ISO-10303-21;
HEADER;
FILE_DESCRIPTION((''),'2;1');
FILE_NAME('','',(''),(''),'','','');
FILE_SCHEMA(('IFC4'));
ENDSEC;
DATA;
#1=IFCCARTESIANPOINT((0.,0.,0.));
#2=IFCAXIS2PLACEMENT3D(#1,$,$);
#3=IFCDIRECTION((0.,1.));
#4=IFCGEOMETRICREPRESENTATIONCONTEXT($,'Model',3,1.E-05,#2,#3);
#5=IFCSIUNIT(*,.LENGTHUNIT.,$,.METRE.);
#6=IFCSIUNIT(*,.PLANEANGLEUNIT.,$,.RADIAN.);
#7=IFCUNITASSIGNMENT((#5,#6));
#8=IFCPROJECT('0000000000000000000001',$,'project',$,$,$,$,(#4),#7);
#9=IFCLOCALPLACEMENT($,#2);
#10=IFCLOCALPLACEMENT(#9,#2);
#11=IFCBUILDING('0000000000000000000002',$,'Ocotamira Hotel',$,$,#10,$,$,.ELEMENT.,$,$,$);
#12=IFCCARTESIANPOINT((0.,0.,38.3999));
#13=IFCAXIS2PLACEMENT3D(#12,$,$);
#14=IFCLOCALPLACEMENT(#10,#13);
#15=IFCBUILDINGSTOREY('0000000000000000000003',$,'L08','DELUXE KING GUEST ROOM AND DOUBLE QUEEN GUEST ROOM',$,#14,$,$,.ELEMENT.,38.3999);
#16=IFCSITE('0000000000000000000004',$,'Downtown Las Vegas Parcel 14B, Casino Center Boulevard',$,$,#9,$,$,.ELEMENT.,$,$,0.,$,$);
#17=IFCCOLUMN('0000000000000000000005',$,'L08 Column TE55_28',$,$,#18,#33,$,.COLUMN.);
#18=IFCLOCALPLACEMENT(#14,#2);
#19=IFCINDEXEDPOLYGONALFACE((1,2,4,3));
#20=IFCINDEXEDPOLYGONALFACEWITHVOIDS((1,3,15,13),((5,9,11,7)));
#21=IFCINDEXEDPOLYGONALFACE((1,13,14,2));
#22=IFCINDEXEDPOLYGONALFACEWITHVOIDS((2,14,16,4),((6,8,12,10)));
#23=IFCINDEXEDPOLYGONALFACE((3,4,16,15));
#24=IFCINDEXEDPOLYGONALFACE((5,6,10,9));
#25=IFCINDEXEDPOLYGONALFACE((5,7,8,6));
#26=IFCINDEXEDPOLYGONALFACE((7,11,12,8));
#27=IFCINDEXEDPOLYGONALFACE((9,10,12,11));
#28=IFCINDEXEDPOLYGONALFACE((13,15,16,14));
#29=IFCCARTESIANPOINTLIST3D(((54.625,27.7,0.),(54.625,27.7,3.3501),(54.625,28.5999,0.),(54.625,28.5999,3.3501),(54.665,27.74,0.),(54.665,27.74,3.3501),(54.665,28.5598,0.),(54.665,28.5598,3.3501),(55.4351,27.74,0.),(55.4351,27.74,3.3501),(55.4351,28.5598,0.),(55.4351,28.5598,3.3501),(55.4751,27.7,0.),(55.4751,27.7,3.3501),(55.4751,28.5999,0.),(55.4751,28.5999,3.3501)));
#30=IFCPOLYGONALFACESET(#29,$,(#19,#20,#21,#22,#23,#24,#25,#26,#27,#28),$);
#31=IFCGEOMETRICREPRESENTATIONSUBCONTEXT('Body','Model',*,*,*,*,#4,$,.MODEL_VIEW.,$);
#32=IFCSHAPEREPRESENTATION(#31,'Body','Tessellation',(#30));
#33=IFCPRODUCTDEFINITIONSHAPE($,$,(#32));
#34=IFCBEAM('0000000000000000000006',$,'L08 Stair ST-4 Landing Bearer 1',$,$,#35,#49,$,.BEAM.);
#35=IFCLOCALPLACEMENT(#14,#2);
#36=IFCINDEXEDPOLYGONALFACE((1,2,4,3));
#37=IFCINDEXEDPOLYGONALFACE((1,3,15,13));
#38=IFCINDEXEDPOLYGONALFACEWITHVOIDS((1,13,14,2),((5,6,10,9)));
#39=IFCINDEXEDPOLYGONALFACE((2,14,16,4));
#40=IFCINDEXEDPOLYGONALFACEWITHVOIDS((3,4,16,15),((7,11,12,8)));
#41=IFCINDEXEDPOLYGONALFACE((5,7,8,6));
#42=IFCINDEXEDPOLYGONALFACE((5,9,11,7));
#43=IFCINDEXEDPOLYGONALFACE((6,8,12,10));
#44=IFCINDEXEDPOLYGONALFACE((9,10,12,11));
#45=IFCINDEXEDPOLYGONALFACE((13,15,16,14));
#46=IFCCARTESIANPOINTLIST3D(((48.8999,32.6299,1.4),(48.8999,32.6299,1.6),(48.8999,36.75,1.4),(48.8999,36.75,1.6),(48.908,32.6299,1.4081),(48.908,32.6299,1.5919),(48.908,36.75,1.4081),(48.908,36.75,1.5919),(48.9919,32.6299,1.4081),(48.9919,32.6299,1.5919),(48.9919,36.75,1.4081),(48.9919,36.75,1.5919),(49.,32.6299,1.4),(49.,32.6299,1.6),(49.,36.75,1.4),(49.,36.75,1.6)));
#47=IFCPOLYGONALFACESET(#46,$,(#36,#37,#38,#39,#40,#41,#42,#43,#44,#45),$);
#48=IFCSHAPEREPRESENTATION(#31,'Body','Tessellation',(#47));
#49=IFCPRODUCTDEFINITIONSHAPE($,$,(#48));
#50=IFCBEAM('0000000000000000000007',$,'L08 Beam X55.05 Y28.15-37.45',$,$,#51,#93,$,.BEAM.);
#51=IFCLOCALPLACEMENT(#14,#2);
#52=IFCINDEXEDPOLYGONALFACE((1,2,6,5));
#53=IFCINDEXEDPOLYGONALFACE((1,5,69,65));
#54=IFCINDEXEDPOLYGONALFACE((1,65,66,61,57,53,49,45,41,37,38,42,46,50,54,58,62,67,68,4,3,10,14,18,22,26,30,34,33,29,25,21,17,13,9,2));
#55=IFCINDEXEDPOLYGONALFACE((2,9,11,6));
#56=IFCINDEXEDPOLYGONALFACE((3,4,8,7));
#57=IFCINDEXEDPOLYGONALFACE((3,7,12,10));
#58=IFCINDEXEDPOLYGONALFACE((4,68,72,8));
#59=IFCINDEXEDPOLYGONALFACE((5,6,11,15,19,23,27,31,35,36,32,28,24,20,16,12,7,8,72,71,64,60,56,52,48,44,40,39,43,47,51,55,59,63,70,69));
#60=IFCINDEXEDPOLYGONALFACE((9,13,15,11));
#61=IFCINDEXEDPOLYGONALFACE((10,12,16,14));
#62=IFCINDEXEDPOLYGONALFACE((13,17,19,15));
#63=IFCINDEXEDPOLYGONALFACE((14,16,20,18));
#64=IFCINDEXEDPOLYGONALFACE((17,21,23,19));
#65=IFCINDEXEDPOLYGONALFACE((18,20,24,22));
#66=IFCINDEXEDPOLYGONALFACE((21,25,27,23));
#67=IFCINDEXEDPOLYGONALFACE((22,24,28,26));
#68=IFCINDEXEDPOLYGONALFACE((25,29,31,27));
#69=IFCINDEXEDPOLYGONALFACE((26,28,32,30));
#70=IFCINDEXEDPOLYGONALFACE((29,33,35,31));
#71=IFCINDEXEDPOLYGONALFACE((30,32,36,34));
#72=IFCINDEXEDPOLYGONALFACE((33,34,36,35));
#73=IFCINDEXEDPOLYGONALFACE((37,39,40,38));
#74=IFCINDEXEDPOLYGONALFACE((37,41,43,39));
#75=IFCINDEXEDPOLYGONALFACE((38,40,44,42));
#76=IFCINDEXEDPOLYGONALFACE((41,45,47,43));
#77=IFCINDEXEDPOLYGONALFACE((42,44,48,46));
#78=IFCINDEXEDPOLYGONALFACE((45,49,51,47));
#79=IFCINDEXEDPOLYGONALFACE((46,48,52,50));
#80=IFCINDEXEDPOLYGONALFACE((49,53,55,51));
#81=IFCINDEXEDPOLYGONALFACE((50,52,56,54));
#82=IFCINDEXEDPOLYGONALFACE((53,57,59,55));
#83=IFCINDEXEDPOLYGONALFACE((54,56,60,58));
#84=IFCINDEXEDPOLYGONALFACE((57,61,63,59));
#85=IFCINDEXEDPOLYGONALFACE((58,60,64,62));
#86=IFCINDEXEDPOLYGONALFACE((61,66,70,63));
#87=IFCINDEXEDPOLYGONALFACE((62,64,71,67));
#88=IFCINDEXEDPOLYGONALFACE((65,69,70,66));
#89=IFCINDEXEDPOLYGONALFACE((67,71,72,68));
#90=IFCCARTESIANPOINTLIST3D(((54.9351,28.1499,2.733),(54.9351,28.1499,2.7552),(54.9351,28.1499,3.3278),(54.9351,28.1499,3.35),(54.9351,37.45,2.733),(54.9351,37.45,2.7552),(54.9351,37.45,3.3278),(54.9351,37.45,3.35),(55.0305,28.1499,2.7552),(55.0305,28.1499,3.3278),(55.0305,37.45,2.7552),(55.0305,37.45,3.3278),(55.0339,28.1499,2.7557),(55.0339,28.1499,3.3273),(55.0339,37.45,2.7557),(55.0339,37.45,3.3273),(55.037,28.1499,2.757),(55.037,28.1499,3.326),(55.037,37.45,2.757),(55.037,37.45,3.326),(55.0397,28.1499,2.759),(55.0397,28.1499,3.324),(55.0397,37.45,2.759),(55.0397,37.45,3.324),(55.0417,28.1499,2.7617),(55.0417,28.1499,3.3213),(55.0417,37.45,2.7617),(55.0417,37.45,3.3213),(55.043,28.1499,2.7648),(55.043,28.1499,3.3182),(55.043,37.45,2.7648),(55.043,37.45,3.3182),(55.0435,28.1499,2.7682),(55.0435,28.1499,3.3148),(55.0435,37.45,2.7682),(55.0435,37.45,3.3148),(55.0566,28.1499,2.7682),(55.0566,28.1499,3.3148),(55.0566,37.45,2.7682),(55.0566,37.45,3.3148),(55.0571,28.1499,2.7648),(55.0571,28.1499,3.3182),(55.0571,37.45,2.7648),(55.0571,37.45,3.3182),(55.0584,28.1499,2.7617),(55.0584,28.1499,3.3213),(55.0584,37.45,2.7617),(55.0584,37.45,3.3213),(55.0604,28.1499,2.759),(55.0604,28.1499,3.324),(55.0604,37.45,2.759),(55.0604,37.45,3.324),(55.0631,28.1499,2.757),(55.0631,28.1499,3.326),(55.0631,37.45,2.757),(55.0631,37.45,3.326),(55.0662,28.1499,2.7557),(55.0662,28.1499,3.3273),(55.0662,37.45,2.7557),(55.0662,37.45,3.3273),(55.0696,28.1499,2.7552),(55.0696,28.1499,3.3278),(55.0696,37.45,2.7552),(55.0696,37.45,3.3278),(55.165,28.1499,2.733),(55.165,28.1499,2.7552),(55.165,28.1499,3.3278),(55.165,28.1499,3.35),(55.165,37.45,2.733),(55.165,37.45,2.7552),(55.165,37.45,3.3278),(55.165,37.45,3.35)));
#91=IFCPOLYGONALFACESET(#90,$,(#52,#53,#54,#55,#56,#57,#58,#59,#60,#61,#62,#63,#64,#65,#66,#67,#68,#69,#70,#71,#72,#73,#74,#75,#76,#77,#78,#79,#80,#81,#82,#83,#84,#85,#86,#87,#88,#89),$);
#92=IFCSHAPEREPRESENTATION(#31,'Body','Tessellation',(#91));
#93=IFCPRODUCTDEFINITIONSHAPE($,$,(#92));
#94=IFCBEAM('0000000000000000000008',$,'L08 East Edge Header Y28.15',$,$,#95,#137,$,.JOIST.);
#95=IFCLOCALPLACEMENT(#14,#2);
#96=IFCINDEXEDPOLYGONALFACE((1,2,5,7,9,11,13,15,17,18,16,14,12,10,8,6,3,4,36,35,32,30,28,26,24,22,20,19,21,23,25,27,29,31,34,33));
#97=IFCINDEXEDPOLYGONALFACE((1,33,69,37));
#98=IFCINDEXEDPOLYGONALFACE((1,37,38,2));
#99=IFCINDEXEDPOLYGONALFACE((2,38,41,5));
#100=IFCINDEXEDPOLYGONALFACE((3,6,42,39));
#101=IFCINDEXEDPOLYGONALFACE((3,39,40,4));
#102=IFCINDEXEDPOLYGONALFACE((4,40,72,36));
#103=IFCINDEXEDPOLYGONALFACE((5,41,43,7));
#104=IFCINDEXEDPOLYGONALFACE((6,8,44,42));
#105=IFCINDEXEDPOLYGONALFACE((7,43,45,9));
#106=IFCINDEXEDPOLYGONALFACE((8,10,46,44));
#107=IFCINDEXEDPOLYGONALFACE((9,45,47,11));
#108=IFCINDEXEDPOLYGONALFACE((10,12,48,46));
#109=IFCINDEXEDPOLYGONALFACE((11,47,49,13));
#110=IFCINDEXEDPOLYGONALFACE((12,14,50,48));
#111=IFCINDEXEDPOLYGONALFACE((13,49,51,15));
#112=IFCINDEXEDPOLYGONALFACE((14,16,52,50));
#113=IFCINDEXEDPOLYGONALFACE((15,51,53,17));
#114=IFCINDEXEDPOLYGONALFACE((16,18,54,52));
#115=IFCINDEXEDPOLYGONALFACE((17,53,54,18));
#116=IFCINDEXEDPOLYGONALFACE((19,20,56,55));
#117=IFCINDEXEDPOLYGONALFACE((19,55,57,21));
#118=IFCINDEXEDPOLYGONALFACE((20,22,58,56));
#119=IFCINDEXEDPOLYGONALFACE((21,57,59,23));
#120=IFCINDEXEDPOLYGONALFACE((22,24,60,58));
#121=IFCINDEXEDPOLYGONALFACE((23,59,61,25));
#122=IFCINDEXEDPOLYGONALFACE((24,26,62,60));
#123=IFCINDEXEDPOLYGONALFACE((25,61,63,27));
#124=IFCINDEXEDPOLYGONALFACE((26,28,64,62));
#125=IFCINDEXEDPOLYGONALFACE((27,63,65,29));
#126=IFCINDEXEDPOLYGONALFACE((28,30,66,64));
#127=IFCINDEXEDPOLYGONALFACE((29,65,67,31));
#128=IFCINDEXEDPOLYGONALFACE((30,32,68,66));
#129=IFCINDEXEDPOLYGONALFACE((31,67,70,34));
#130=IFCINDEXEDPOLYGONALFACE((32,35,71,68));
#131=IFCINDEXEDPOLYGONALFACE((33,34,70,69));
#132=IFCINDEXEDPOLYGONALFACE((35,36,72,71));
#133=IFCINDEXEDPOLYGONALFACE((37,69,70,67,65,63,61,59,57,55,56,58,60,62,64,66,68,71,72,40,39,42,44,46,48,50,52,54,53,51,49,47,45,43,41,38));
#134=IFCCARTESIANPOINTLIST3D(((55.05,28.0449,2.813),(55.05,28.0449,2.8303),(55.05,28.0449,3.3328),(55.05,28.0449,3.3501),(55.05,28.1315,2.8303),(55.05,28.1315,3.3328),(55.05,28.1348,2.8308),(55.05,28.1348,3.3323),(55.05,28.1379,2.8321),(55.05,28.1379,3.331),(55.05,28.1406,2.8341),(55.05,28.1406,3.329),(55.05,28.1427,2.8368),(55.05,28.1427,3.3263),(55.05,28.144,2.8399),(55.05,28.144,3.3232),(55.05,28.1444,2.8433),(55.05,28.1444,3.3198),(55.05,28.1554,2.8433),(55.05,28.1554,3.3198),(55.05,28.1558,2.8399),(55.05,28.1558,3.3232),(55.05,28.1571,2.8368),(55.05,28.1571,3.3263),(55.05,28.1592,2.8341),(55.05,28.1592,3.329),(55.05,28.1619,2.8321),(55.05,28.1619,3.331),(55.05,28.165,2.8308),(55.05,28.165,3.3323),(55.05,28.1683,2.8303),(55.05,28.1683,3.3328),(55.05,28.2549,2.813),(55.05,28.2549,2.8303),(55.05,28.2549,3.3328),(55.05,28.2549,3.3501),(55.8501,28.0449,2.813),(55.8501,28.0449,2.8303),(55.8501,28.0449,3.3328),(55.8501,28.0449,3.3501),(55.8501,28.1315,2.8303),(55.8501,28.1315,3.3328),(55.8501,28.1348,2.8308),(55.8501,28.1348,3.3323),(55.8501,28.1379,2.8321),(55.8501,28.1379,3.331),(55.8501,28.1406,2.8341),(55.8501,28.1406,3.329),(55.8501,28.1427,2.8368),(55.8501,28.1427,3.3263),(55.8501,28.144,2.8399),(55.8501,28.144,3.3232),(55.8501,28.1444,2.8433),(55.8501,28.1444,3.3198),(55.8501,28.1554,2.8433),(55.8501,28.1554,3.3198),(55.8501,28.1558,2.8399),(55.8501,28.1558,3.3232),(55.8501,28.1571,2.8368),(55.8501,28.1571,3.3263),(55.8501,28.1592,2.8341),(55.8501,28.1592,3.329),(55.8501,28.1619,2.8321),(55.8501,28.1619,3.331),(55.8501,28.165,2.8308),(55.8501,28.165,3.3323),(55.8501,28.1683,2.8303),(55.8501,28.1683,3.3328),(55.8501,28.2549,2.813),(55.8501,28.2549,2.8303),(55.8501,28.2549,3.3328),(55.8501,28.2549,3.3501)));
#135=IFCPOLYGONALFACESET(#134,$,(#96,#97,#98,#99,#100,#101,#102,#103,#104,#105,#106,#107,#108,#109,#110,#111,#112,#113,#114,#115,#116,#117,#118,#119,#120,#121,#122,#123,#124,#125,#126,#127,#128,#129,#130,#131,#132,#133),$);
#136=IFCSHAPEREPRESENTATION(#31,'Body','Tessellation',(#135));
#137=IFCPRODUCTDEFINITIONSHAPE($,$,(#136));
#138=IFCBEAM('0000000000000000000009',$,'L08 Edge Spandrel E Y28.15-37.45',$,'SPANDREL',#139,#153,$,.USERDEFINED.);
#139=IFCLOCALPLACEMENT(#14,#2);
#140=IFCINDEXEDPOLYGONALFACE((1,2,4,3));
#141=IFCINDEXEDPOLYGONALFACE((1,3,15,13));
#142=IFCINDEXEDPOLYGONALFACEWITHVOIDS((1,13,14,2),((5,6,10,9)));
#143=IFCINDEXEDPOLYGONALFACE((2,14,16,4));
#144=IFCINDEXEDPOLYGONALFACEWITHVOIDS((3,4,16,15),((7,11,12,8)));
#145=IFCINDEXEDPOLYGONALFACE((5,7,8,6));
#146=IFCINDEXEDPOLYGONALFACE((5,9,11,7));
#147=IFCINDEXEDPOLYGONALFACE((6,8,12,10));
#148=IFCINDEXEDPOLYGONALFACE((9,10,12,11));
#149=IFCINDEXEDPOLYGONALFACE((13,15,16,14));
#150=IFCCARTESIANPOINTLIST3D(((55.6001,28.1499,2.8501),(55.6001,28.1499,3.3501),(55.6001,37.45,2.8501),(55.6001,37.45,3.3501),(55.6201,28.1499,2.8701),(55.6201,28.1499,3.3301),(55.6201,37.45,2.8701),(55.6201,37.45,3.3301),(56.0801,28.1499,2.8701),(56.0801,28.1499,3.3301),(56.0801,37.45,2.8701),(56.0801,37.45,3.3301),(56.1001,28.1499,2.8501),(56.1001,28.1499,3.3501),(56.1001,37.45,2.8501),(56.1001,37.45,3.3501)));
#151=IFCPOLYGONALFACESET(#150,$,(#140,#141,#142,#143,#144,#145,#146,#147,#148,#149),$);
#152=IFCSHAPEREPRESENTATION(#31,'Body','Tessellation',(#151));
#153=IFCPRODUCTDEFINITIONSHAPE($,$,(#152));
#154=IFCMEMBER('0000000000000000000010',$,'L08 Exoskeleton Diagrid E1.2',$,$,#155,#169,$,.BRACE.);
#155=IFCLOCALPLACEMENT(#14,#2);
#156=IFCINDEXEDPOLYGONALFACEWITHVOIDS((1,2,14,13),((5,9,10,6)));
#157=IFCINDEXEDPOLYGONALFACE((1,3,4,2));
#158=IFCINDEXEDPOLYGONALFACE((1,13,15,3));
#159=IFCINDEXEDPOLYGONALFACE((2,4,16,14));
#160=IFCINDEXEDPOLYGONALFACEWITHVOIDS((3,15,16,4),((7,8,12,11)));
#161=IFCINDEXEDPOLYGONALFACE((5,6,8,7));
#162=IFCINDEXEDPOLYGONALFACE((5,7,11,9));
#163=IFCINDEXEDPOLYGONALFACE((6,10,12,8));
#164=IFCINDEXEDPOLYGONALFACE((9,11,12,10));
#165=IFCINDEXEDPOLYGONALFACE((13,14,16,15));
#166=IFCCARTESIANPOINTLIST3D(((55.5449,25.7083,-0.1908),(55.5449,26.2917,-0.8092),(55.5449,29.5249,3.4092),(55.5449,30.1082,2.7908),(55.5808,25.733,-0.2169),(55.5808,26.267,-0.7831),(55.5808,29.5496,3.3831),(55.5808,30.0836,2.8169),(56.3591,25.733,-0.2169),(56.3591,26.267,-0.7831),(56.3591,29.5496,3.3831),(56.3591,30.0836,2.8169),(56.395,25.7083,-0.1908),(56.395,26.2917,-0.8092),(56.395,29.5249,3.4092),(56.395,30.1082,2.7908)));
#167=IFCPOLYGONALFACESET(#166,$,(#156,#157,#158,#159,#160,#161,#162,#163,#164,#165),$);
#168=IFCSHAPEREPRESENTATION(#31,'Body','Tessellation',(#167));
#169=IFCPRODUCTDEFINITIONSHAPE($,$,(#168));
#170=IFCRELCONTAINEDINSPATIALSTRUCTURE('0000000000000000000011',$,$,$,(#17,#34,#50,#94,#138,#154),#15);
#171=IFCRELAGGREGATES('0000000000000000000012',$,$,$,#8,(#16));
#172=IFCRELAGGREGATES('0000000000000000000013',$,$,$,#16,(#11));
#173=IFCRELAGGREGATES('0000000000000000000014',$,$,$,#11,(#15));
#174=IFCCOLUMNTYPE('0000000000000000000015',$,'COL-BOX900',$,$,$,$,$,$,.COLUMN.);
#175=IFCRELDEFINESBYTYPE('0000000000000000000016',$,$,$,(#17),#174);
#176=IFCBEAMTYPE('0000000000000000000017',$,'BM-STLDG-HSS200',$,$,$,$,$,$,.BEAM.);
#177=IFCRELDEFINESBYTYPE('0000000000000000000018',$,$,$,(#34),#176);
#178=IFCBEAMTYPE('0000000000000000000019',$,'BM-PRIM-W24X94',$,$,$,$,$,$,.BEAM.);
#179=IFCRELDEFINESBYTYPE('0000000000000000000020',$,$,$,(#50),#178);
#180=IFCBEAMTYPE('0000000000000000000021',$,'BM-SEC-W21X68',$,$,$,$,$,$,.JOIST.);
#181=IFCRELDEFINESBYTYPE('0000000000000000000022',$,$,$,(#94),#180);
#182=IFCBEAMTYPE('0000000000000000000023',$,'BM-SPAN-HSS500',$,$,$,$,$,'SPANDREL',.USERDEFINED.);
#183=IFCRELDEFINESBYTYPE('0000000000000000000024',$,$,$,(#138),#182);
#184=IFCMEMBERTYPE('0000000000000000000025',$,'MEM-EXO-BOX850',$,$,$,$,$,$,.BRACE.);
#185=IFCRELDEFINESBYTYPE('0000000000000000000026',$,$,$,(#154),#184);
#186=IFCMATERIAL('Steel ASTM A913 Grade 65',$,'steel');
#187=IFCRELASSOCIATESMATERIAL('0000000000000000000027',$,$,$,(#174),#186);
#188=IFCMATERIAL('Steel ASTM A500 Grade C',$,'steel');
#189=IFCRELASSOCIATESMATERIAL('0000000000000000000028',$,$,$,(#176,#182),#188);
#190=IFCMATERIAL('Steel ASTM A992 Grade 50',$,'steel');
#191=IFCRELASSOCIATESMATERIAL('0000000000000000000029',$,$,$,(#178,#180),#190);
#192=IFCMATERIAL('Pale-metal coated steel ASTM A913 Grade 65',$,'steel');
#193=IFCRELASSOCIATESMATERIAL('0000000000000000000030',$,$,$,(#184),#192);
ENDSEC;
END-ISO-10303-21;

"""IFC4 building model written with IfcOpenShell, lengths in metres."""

from ifc_helpers import new_model, si_unit, direction, frame, origin, origin_2d, place, context, subcontext, project, spatial, hollow_rectangle, i_section, extrude, source, transform, mapped, material, material_profile, profile_set, type_object, element, save


model = new_model("IFC4")

# Units and contexts
model_context = context("Model", 3, precision=1e-05, world=origin(), true_north=direction((0.0, 1.0)))
body_context = subcontext(model_context, "Body", "Model", "MODEL_VIEW")
ifc_project = project(units=[si_unit("LENGTHUNIT", "METRE"), si_unit("PLANEANGLEUNIT", "RADIAN")], contexts=[model_context])

# Site, building, storey
site_placement = place(None, origin())
site = spatial("IfcSite", under=ifc_project, at=site_placement, Name="Downtown Las Vegas Parcel 14B, Casino Center Boulevard", CompositionType="ELEMENT", RefElevation=0.0)
building_placement = place(site_placement, origin())
building = spatial("IfcBuilding", under=site, at=building_placement, Name="Ocotamira Hotel", CompositionType="ELEMENT")
storey_placement = place(building_placement, frame((0.0, 0.0, 38.3999)))
storey = spatial("IfcBuildingStorey", under=building, at=storey_placement, Name="L08", Description="DELUXE KING GUEST ROOM AND DOUBLE QUEEN GUEST ROOM", CompositionType="ELEMENT", Elevation=38.3999)

# Column
ifc_material_1 = material(Name="Steel ASTM A913 Grade 65", Category="steel")
ifc_material_profile_1 = material_profile(ifc_material_1, hollow_rectangle(XDim=0.8501, YDim=0.8999, WallThickness=0.04, at=origin_2d()), Name="BOX900X850X40")
ifc_profile_set_1 = profile_set([ifc_material_profile_1], Name="Steel ASTM A913 Grade 65")
column_type = type_object("IfcColumnType", Name="COL-BOX900", PredefinedType="COLUMN", material=ifc_profile_set_1)
shared_shape_1 = source(origin(), body_context, "Body", "SweptSolid", [
    extrude(hollow_rectangle(XDim=0.8501, YDim=0.8999, WallThickness=0.04, at=origin_2d()), origin(), (0.0, 0.0, 1.0), 3.3501),
])
column_placement = place(storey_placement, frame((55.05, 28.1499, 0.0), z_axis=(0.0, 0.0, 1.0), x_axis=(1.0, 0.0, 0.0)))
element("IfcColumn", 1, at=column_placement, inside=storey, type_object=column_type, Name="L08 Column TE55_28", PredefinedType="COLUMN", context=body_context, shape_type="MappedRepresentation", body=[
    mapped(shared_shape_1, transform((0.0, 0.0, 0.0), scale=1.0)),
])

# Beams
ifc_material_2 = material(Name="Steel ASTM A500 Grade C", Category="steel")
ifc_material_profile_2 = material_profile(ifc_material_2, hollow_rectangle(XDim=0.1001, YDim=0.2, WallThickness=0.0081, at=origin_2d()), Name="HSS200X100X8")
ifc_profile_set_2 = profile_set([ifc_material_profile_2], Name="Steel ASTM A500 Grade C")
beam_type_1 = type_object("IfcBeamType", Name="BM-STLDG-HSS200", PredefinedType="BEAM", material=ifc_profile_set_2)
shared_shape_2 = source(origin(), body_context, "Body", "SweptSolid", [
    extrude(hollow_rectangle(XDim=0.1001, YDim=0.2, WallThickness=0.0081, at=origin_2d()), origin(), (0.0, 0.0, 1.0), 4.1201),
])
beam_1_placement = place(storey_placement, frame((48.95, 32.6299, 1.5), z_axis=(0.0, 1.0, 0.0), x_axis=(-1.0, 0.0, 0.0)))
element("IfcBeam", 2, at=beam_1_placement, inside=storey, type_object=beam_type_1, Name="L08 Stair ST-4 Landing Bearer 1", PredefinedType="BEAM", context=body_context, shape_type="MappedRepresentation", body=[
    mapped(shared_shape_2, transform((0.0, 0.0, 0.0), scale=1.0)),
])
ifc_material_3 = material(Name="Steel ASTM A992 Grade 50", Category="steel")
ifc_material_profile_3 = material_profile(ifc_material_3, i_section(OverallWidth=0.23, OverallDepth=0.6169, WebThickness=0.0132, FlangeThickness=0.0222, FilletRadius=0.0129, at=origin_2d()), Name="W24X94")
ifc_profile_set_3 = profile_set([ifc_material_profile_3], Name="Steel ASTM A992 Grade 50")
beam_type_2 = type_object("IfcBeamType", Name="BM-PRIM-W24X94", PredefinedType="BEAM", material=ifc_profile_set_3)
shared_shape_3 = source(origin(), body_context, "Body", "SweptSolid", [
    extrude(i_section(OverallWidth=0.23, OverallDepth=0.6169, WebThickness=0.0132, FlangeThickness=0.0222, FilletRadius=0.0129, at=origin_2d()), origin(), (0.0, 0.0, 1.0), 9.3),
])
beam_2_placement = place(storey_placement, frame((55.05, 28.1499, 3.0415), z_axis=(0.0, 1.0, 0.0), x_axis=(-1.0, 0.0, 0.0)))
element("IfcBeam", 3, at=beam_2_placement, inside=storey, type_object=beam_type_2, Name="L08 Beam X55.05 Y28.15-37.45", PredefinedType="BEAM", context=body_context, shape_type="MappedRepresentation", body=[
    mapped(shared_shape_3, transform((0.0, 0.0, 0.0), scale=1.0)),
])
ifc_material_profile_4 = material_profile(ifc_material_3, i_section(OverallWidth=0.21, OverallDepth=0.5371, WebThickness=0.011, FlangeThickness=0.0173, FilletRadius=0.0129, at=origin_2d()), Name="W21X68")
ifc_profile_set_4 = profile_set([ifc_material_profile_4], Name="Steel ASTM A992 Grade 50")
beam_type_3 = type_object("IfcBeamType", Name="BM-SEC-W21X68", PredefinedType="JOIST", material=ifc_profile_set_4)
shared_shape_4 = source(origin(), body_context, "Body", "SweptSolid", [
    extrude(i_section(OverallWidth=0.21, OverallDepth=0.5371, WebThickness=0.011, FlangeThickness=0.0173, FilletRadius=0.0129, at=origin_2d()), origin(), (0.0, 0.0, 1.0), 0.8),
])
beam_3_placement = place(storey_placement, frame((55.05, 28.1499, 3.0815), z_axis=(1.0, 0.0, 0.0), x_axis=(0.0, 1.0, 0.0)))
element("IfcBeam", 4, at=beam_3_placement, inside=storey, type_object=beam_type_3, Name="L08 East Edge Header Y28.15", PredefinedType="JOIST", context=body_context, shape_type="MappedRepresentation", body=[
    mapped(shared_shape_4, transform((0.0, 0.0, 0.0), scale=1.0)),
])
ifc_material_profile_5 = material_profile(ifc_material_2, hollow_rectangle(XDim=0.5, YDim=0.5, WallThickness=0.02, at=origin_2d()), Name="HSS500X500X20")
ifc_profile_set_5 = profile_set([ifc_material_profile_5], Name="Steel ASTM A500 Grade C")
beam_type_4 = type_object("IfcBeamType", Name="BM-SPAN-HSS500", ElementType="SPANDREL", PredefinedType="USERDEFINED", material=ifc_profile_set_5)
shared_shape_5 = source(origin(), body_context, "Body", "SweptSolid", [
    extrude(hollow_rectangle(XDim=0.5, YDim=0.5, WallThickness=0.02, at=origin_2d()), origin(), (0.0, 0.0, 1.0), 9.3),
])
beam_4_placement = place(storey_placement, frame((55.8501, 28.1499, 3.1001), z_axis=(0.0, 1.0, 0.0), x_axis=(-1.0, 0.0, 0.0)))
element("IfcBeam", 5, at=beam_4_placement, inside=storey, type_object=beam_type_4, Name="L08 Edge Spandrel E Y28.15-37.45", ObjectType="SPANDREL", PredefinedType="USERDEFINED", context=body_context, shape_type="MappedRepresentation", body=[
    mapped(shared_shape_5, transform((0.0, 0.0, 0.0), scale=1.0)),
])

# Member
ifc_material_4 = material(Name="Pale-metal coated steel ASTM A913 Grade 65", Category="steel")
ifc_material_profile_6 = material_profile(ifc_material_4, hollow_rectangle(XDim=0.8501, YDim=0.8501, WallThickness=0.0359, at=origin_2d()), Name="BOX850X850X36")
ifc_profile_set_6 = profile_set([ifc_material_profile_6], Name="Pale-metal coated steel ASTM A913 Grade 65")
member_type_1 = type_object("IfcMemberType", Name="MEM-EXO-BOX850", PredefinedType="BRACE", material=ifc_profile_set_6)
shared_shape_6 = source(origin(), body_context, "Body", "SweptSolid", [
    extrude(hollow_rectangle(XDim=0.8501, YDim=0.8501, WallThickness=0.0359, at=origin_2d()), origin(), (0.0, 0.0, 1.0), 5.2466),
])
member_1_placement = place(storey_placement, frame((55.97, 26.0, -0.5), z_axis=(0.0, 0.727443, 0.686168), x_axis=(-1.0, 0.0, 0.0)))
element("IfcMember", 6, at=member_1_placement, inside=storey, type_object=member_type_1, Name="L08 Exoskeleton Diagrid E1.2", PredefinedType="BRACE", context=body_context, shape_type="MappedRepresentation", body=[
    mapped(shared_shape_6, transform((0.0, 0.0, 0.0), scale=1.0)),
])

save(model, "model.ifc")
